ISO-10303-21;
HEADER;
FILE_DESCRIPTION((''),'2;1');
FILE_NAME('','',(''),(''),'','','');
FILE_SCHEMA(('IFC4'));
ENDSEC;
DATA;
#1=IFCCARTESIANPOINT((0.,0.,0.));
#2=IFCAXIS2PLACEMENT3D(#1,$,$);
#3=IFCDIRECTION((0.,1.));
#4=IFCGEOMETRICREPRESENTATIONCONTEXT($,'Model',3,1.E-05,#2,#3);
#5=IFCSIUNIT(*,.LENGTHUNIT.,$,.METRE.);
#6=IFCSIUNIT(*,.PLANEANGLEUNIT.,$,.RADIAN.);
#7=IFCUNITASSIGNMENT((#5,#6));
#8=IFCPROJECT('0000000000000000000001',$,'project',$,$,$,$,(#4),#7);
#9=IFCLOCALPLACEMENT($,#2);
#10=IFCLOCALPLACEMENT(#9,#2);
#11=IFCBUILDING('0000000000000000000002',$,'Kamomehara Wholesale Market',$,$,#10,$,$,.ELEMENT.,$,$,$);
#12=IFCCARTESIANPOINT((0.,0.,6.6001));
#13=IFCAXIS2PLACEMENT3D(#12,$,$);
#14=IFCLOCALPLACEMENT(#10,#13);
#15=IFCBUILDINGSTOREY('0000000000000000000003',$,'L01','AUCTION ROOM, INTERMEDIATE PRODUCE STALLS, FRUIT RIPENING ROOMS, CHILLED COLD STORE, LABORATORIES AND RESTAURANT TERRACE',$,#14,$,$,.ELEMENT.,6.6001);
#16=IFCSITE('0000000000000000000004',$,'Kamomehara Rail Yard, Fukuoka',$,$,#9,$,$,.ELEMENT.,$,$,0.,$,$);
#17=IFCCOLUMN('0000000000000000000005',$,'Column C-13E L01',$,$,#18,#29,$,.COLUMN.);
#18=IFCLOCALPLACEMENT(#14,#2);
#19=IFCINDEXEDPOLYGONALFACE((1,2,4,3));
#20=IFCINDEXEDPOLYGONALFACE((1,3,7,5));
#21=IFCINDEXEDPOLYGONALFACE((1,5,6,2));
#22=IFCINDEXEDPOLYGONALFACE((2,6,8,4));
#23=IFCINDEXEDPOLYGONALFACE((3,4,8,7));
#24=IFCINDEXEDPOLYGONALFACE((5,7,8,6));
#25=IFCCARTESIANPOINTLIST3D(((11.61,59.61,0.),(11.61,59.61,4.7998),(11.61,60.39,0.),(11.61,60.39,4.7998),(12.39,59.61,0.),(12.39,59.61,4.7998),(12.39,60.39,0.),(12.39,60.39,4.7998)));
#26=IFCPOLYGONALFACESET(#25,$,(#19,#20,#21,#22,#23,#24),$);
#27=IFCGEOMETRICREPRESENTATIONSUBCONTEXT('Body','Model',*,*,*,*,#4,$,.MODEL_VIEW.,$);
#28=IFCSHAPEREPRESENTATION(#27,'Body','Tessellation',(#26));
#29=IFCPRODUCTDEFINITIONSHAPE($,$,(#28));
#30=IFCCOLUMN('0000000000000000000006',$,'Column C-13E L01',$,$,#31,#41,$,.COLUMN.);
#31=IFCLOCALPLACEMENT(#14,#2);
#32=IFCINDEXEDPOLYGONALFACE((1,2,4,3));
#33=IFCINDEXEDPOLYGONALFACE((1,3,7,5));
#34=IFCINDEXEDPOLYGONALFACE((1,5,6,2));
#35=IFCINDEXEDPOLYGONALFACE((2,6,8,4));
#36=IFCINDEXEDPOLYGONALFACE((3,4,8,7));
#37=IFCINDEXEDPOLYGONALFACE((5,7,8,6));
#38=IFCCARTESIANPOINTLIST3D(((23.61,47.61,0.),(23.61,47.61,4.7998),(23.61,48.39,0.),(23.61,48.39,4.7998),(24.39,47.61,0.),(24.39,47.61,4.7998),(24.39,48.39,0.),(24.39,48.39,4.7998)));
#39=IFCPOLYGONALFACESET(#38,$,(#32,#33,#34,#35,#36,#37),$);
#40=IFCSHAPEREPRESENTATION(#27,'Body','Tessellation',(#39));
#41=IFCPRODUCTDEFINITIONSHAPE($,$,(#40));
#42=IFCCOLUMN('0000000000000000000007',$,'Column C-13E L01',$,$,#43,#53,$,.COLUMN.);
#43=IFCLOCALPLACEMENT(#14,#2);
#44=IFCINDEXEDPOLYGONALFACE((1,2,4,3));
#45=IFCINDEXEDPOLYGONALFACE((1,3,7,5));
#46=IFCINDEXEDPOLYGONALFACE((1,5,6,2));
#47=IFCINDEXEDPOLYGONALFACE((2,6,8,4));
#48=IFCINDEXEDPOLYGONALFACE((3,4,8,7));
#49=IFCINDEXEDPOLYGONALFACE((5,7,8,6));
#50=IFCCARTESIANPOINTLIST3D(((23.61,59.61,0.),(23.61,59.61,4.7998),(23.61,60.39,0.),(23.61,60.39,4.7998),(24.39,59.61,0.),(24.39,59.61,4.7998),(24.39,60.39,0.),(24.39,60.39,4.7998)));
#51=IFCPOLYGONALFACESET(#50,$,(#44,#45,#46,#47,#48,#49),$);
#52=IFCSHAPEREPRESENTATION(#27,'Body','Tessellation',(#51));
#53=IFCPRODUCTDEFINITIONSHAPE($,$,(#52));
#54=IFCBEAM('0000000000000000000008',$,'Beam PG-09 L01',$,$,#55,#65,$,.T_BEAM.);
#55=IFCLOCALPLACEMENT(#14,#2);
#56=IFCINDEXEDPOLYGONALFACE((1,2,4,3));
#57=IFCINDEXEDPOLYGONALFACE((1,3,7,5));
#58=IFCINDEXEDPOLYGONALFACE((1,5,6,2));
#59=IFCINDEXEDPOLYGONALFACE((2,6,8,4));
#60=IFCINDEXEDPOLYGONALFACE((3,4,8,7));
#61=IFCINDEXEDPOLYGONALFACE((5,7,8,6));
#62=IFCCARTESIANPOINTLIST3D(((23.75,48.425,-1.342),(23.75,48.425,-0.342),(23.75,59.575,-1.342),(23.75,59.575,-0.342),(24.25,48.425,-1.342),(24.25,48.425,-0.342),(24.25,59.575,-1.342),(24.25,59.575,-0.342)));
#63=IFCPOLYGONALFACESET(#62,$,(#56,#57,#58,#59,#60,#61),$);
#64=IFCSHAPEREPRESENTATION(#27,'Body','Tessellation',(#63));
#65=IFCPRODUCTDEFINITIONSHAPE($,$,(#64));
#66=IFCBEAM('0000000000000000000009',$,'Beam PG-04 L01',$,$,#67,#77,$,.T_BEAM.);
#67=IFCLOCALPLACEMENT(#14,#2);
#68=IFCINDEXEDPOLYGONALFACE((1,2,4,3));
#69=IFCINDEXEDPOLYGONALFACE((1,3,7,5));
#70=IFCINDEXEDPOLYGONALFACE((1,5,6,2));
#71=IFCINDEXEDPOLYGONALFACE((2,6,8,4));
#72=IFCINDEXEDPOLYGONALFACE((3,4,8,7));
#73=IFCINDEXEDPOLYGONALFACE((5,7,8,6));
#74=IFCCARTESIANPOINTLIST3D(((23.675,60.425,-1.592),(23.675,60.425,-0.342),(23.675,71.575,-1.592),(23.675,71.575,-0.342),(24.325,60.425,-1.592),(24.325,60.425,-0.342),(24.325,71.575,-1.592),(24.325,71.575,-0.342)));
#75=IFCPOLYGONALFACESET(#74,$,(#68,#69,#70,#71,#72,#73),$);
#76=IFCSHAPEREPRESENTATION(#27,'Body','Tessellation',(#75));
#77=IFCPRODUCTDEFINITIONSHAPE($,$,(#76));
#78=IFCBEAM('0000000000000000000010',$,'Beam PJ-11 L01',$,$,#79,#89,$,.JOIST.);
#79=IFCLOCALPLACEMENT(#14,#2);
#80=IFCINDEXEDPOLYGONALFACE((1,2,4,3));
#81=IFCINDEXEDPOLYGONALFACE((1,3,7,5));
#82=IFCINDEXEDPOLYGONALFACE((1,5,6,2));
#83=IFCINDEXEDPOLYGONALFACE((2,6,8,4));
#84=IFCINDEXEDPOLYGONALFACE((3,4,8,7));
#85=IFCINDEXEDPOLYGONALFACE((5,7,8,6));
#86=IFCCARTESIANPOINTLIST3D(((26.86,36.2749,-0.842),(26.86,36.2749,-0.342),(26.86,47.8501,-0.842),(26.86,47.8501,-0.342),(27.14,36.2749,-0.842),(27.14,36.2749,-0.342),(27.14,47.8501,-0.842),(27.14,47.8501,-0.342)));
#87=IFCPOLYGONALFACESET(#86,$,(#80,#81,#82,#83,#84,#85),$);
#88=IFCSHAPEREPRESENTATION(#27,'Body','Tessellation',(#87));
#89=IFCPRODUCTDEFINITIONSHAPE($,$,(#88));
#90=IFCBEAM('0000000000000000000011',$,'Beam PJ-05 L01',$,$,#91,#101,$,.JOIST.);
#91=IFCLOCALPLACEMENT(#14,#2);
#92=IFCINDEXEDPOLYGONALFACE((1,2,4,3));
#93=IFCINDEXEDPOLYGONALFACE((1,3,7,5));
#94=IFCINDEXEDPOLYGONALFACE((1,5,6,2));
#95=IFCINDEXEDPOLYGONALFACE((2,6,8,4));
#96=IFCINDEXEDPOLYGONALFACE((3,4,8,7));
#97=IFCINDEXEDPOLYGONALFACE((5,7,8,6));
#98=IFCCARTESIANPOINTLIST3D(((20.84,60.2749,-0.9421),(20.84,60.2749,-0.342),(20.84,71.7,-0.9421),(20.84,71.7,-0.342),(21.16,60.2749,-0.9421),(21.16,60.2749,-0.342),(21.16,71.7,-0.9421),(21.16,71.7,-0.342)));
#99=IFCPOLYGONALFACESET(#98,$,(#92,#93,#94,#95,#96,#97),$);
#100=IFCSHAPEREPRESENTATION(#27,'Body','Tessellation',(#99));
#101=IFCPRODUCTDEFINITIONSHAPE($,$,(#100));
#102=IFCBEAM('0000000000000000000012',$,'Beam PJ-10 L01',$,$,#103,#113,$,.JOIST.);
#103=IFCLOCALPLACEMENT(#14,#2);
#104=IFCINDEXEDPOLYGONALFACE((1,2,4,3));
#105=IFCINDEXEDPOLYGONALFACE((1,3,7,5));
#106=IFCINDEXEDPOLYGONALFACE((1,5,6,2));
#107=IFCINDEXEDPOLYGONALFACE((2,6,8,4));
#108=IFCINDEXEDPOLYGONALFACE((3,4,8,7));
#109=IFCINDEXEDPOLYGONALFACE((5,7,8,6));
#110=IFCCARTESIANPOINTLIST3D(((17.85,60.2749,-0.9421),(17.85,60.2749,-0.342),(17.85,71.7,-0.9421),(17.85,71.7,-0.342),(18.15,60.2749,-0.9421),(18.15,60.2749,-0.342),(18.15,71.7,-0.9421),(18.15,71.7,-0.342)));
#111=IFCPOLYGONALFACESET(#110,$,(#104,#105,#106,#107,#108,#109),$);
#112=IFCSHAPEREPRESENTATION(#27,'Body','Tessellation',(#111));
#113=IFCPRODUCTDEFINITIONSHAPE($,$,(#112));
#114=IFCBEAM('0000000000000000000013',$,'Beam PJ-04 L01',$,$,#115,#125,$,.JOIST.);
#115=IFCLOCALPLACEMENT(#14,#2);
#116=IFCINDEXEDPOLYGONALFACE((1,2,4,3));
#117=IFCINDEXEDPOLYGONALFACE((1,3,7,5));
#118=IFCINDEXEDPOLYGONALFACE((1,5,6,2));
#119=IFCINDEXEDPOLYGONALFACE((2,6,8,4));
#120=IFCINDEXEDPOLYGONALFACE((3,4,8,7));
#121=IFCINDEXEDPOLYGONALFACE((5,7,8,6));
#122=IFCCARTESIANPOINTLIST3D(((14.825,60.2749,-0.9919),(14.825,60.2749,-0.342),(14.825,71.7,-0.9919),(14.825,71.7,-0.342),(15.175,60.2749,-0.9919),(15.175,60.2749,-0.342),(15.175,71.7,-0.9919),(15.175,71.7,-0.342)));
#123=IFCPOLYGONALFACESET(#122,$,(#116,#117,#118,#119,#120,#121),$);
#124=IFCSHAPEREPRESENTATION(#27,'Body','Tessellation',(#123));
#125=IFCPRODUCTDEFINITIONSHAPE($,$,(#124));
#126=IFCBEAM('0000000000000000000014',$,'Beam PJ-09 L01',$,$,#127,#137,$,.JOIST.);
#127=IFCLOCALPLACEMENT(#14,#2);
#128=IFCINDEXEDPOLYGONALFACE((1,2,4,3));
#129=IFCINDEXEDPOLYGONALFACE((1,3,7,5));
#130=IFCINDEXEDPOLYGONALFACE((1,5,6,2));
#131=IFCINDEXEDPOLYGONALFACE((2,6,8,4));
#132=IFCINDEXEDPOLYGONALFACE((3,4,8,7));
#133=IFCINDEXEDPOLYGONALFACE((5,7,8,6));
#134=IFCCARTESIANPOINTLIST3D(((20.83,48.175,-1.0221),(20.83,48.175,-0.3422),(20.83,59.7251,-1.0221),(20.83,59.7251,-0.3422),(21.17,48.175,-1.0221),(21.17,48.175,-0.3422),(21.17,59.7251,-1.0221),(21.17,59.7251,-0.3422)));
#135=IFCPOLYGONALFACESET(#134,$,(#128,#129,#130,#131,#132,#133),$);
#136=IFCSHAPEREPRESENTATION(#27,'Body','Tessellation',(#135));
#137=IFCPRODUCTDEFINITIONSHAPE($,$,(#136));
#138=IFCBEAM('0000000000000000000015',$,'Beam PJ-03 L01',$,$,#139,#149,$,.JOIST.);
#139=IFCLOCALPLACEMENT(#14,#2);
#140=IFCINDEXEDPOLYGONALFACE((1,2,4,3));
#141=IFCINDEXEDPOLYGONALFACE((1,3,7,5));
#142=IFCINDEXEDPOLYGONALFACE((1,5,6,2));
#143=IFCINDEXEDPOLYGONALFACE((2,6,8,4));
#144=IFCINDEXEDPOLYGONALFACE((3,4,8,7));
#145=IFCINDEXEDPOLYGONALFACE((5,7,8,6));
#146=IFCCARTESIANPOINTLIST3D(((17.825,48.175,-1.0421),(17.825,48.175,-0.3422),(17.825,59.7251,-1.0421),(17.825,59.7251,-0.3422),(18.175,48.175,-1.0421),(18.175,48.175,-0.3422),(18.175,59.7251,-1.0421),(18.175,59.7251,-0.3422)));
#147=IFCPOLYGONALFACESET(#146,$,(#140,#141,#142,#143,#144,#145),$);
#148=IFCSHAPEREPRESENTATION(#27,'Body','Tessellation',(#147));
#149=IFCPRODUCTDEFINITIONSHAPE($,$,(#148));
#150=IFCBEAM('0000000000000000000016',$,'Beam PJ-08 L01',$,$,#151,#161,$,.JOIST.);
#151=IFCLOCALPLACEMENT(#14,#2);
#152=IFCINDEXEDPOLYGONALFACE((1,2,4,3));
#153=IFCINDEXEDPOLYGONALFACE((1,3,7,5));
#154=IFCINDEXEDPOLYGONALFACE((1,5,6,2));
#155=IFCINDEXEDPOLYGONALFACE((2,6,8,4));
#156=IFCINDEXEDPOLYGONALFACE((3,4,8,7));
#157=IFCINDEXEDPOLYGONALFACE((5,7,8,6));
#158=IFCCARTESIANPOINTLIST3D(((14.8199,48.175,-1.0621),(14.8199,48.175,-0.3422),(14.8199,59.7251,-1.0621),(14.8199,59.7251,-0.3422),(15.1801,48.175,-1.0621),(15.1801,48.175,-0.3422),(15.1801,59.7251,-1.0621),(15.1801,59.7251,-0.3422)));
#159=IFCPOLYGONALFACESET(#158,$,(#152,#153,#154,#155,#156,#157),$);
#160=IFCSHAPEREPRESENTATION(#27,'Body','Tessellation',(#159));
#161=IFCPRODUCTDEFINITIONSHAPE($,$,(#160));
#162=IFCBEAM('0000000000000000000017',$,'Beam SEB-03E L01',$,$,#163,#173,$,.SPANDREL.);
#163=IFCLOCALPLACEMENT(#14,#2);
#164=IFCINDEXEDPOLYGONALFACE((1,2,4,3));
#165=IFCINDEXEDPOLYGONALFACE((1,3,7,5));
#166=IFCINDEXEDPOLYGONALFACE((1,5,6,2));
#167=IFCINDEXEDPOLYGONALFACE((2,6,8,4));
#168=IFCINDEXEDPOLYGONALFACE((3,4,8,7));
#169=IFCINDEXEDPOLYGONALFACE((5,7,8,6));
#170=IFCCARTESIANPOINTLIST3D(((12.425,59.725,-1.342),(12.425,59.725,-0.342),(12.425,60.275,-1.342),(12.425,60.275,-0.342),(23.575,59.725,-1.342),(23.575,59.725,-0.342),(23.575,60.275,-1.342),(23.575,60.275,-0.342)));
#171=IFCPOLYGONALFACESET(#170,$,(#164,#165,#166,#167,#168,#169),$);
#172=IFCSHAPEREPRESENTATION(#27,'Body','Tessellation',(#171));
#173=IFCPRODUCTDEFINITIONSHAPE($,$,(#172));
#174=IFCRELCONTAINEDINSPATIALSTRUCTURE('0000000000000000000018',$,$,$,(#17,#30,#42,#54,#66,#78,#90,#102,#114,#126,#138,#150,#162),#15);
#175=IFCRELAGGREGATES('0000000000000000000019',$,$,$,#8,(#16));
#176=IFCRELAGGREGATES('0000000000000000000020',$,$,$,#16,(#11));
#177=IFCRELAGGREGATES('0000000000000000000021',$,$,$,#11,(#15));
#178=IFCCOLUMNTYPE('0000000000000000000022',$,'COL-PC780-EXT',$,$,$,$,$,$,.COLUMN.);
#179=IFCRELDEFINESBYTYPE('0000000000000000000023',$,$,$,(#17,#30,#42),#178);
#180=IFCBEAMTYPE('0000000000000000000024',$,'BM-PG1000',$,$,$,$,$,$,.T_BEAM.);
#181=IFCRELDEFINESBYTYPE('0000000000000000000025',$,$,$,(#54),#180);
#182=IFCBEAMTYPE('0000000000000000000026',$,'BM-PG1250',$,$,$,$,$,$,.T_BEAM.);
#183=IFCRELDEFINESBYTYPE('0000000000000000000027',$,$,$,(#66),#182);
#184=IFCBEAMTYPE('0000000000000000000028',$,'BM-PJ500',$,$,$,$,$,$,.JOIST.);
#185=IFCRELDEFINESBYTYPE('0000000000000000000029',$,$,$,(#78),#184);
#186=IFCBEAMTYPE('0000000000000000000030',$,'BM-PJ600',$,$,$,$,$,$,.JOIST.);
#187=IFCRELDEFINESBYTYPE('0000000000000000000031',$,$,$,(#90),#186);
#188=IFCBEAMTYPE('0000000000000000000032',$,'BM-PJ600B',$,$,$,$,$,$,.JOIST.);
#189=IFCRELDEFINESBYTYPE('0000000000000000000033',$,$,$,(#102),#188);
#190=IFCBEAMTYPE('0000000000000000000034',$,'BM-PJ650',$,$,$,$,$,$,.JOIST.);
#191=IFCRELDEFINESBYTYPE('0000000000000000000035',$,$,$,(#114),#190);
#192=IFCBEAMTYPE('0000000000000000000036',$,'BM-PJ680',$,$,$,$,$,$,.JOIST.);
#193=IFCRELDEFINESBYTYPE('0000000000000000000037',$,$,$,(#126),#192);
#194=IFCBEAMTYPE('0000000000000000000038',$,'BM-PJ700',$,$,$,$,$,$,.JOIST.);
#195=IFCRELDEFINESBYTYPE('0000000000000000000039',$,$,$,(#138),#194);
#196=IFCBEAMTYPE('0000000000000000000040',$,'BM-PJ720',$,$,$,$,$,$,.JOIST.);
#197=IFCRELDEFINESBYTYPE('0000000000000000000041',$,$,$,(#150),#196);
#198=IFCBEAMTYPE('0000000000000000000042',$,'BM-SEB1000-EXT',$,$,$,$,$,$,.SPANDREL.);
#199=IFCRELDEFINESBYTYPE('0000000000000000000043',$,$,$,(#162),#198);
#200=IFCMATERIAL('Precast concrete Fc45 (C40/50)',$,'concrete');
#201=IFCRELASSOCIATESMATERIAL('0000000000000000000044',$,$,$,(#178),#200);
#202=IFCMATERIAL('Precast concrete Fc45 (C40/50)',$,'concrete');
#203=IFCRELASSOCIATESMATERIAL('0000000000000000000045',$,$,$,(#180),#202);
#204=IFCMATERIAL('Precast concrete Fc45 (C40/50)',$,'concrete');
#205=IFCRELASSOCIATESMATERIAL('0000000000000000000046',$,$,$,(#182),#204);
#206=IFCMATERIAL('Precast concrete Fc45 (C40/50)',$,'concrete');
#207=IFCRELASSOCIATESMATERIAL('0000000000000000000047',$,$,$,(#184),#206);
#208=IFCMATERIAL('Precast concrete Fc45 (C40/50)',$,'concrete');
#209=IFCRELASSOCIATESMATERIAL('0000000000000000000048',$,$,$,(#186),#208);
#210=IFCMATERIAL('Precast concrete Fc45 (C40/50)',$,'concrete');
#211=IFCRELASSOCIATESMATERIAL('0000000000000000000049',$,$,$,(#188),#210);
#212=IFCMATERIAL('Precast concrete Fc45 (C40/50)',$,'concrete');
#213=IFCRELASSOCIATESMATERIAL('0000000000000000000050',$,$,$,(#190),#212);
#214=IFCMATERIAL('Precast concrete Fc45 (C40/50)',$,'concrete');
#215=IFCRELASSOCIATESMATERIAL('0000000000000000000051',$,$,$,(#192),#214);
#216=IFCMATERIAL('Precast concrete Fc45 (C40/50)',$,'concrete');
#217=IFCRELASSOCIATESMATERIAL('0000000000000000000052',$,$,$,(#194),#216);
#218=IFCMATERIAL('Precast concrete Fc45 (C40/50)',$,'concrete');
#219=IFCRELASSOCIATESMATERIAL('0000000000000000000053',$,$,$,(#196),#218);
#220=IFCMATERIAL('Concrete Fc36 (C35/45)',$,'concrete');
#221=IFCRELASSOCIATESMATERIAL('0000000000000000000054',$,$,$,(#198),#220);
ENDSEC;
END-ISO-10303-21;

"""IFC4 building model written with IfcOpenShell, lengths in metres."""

from ifc_helpers import new_model, si_unit, direction, frame, origin, origin_2d, place, context, subcontext, project, spatial, rectangle, extrude, material, material_profile, profile_set, type_object, element, save


model = new_model("IFC4")

# Units and contexts
model_context = context("Model", 3, precision=1e-05, world=origin(), true_north=direction((0.0, 1.0)))
body_context = subcontext(model_context, "Body", "Model", "MODEL_VIEW")
ifc_project = project(units=[si_unit("LENGTHUNIT", "METRE"), si_unit("PLANEANGLEUNIT", "RADIAN")], contexts=[model_context])

# Site, building, storey
site_placement = place(None, origin())
site = spatial("IfcSite", under=ifc_project, at=site_placement, Name="Kamomehara Rail Yard, Fukuoka", CompositionType="ELEMENT", RefElevation=0.0)
building_placement = place(site_placement, origin())
building = spatial("IfcBuilding", under=site, at=building_placement, Name="Kamomehara Wholesale Market", CompositionType="ELEMENT")
storey_placement = place(building_placement, frame((0.0, 0.0, 6.6001)))
storey = spatial("IfcBuildingStorey", under=building, at=storey_placement, Name="L01", Description="AUCTION ROOM, INTERMEDIATE PRODUCE STALLS, FRUIT RIPENING ROOMS, CHILLED COLD STORE, LABORATORIES AND RESTAURANT TERRACE", CompositionType="ELEMENT", Elevation=6.6001)

# Columns
ifc_material_1 = material(Name="Precast concrete Fc45 (C40/50)", Category="concrete")
ifc_material_profile_1 = material_profile(ifc_material_1, rectangle(XDim=0.78, YDim=0.78, at=origin_2d()), Name="PC-COL-780x780")
ifc_profile_set_1 = profile_set([ifc_material_profile_1], Name="Precast concrete Fc45 (C40/50)")
column_type = type_object("IfcColumnType", Name="COL-PC780-EXT", PredefinedType="COLUMN", material=ifc_profile_set_1)
for number, where, z_axis, x_axis, name in (
    (1, (12.0, 60.0, 0.0), (0.0, 0.0, 1.0), (1.0, 0.0, 0.0), "Column C-13E L01"),
    (2, (24.0, 48.0, 0.0), (0.0, 0.0, 1.0), (1.0, 0.0, 0.0), "Column C-13E L01"),
    (3, (24.0, 60.0, 0.0), (0.0, 0.0, 1.0), (1.0, 0.0, 0.0), "Column C-13E L01"),
):
    element("IfcColumn", number, at=place(storey_placement, frame(where, z_axis=z_axis, x_axis=x_axis)), inside=storey, type_object=column_type, Name=name, PredefinedType="COLUMN", context=body_context, shape_type="SweptSolid", body=[
        extrude(rectangle(XDim=0.78, YDim=0.78, at=origin_2d()), origin(), (0.0, 0.0, 1.0), 4.7998),
    ])

# Beams
ifc_material_2 = material(Name="Precast concrete Fc45 (C40/50)", Category="concrete")
ifc_material_profile_2 = material_profile(ifc_material_2, rectangle(XDim=0.5, YDim=1.0, at=origin_2d()), Name="PC-GRD-500x1000")
ifc_profile_set_2 = profile_set([ifc_material_profile_2], Name="Precast concrete Fc45 (C40/50)")
beam_type_1 = type_object("IfcBeamType", Name="BM-PG1000", PredefinedType="T_BEAM", material=ifc_profile_set_2)
beam_1_placement = place(storey_placement, frame((24.0, 48.425, -0.842), z_axis=(0.0, 1.0, 0.0), x_axis=(-1.0, 0.0, 0.0)))
element("IfcBeam", 4, at=beam_1_placement, inside=storey, type_object=beam_type_1, Name="Beam PG-09 L01", PredefinedType="T_BEAM", context=body_context, shape_type="SweptSolid", body=[
    extrude(rectangle(XDim=0.5, YDim=1.0, at=origin_2d()), origin(), (0.0, 0.0, 1.0), 11.1499),
])
ifc_material_3 = material(Name="Precast concrete Fc45 (C40/50)", Category="concrete")
ifc_material_profile_3 = material_profile(ifc_material_3, rectangle(XDim=0.6499, YDim=1.25, at=origin_2d()), Name="PC-GRD-650x1250")
ifc_profile_set_3 = profile_set([ifc_material_profile_3], Name="Precast concrete Fc45 (C40/50)")
beam_type_2 = type_object("IfcBeamType", Name="BM-PG1250", PredefinedType="T_BEAM", material=ifc_profile_set_3)
beam_2_placement = place(storey_placement, frame((24.0, 60.425, -0.967), z_axis=(0.0, 1.0, 0.0), x_axis=(-1.0, 0.0, 0.0)))
element("IfcBeam", 5, at=beam_2_placement, inside=storey, type_object=beam_type_2, Name="Beam PG-04 L01", PredefinedType="T_BEAM", context=body_context, shape_type="SweptSolid", body=[
    extrude(rectangle(XDim=0.6499, YDim=1.25, at=origin_2d()), origin(), (0.0, 0.0, 1.0), 11.1499),
])
ifc_material_4 = material(Name="Precast concrete Fc45 (C40/50)", Category="concrete")
ifc_material_profile_4 = material_profile(ifc_material_4, rectangle(XDim=0.28, YDim=0.5, at=origin_2d()), Name="PC-JST-280x500")
ifc_profile_set_4 = profile_set([ifc_material_profile_4], Name="Precast concrete Fc45 (C40/50)")
beam_type_3 = type_object("IfcBeamType", Name="BM-PJ500", PredefinedType="JOIST", material=ifc_profile_set_4)
beam_3_placement = place(storey_placement, frame((27.0, 36.2749, -0.592), z_axis=(0.0, 1.0, 0.0), x_axis=(-1.0, 0.0, 0.0)))
element("IfcBeam", 6, at=beam_3_placement, inside=storey, type_object=beam_type_3, Name="Beam PJ-11 L01", PredefinedType="JOIST", context=body_context, shape_type="SweptSolid", body=[
    extrude(rectangle(XDim=0.28, YDim=0.5, at=origin_2d()), origin(), (0.0, 0.0, 1.0), 11.5752),
])
ifc_material_5 = material(Name="Precast concrete Fc45 (C40/50)", Category="concrete")
ifc_material_profile_5 = material_profile(ifc_material_5, rectangle(XDim=0.3201, YDim=0.6001, at=origin_2d()), Name="PC-JST-320x600")
ifc_profile_set_5 = profile_set([ifc_material_profile_5], Name="Precast concrete Fc45 (C40/50)")
beam_type_4 = type_object("IfcBeamType", Name="BM-PJ600", PredefinedType="JOIST", material=ifc_profile_set_5)
beam_4_placement = place(storey_placement, frame((21.0, 60.2749, -0.6421), z_axis=(0.0, 1.0, 0.0), x_axis=(-1.0, 0.0, 0.0)))
element("IfcBeam", 7, at=beam_4_placement, inside=storey, type_object=beam_type_4, Name="Beam PJ-05 L01", PredefinedType="JOIST", context=body_context, shape_type="SweptSolid", body=[
    extrude(rectangle(XDim=0.3201, YDim=0.6001, at=origin_2d()), origin(), (0.0, 0.0, 1.0), 11.425),
])
ifc_material_6 = material(Name="Precast concrete Fc45 (C40/50)", Category="concrete")
ifc_material_profile_6 = material_profile(ifc_material_6, rectangle(XDim=0.3, YDim=0.6001, at=origin_2d()), Name="PC-JST-300x600")
ifc_profile_set_6 = profile_set([ifc_material_profile_6], Name="Precast concrete Fc45 (C40/50)")
beam_type_5 = type_object("IfcBeamType", Name="BM-PJ600B", PredefinedType="JOIST", material=ifc_profile_set_6)
beam_5_placement = place(storey_placement, frame((18.0, 60.2749, -0.6421), z_axis=(0.0, 1.0, 0.0), x_axis=(-1.0, 0.0, 0.0)))
element("IfcBeam", 8, at=beam_5_placement, inside=storey, type_object=beam_type_5, Name="Beam PJ-10 L01", PredefinedType="JOIST", context=body_context, shape_type="SweptSolid", body=[
    extrude(rectangle(XDim=0.3, YDim=0.6001, at=origin_2d()), origin(), (0.0, 0.0, 1.0), 11.425),
])
ifc_material_7 = material(Name="Precast concrete Fc45 (C40/50)", Category="concrete")
ifc_material_profile_7 = material_profile(ifc_material_7, rectangle(XDim=0.3501, YDim=0.6499, at=origin_2d()), Name="PC-JST-350x650")
ifc_profile_set_7 = profile_set([ifc_material_profile_7], Name="Precast concrete Fc45 (C40/50)")
beam_type_6 = type_object("IfcBeamType", Name="BM-PJ650", PredefinedType="JOIST", material=ifc_profile_set_7)
beam_6_placement = place(storey_placement, frame((15.0, 60.2749, -0.667), z_axis=(0.0, 1.0, 0.0), x_axis=(-1.0, 0.0, 0.0)))
element("IfcBeam", 9, at=beam_6_placement, inside=storey, type_object=beam_type_6, Name="Beam PJ-04 L01", PredefinedType="JOIST", context=body_context, shape_type="SweptSolid", body=[
    extrude(rectangle(XDim=0.3501, YDim=0.6499, at=origin_2d()), origin(), (0.0, 0.0, 1.0), 11.425),
])
ifc_material_8 = material(Name="Precast concrete Fc45 (C40/50)", Category="concrete")
ifc_material_profile_8 = material_profile(ifc_material_8, rectangle(XDim=0.3401, YDim=0.6799, at=origin_2d()), Name="PC-JST-340x680")
ifc_profile_set_8 = profile_set([ifc_material_profile_8], Name="Precast concrete Fc45 (C40/50)")
beam_type_7 = type_object("IfcBeamType", Name="BM-PJ680", PredefinedType="JOIST", material=ifc_profile_set_8)
beam_7_placement = place(storey_placement, frame((21.0, 48.175, -0.6821), z_axis=(0.0, 1.0, 0.0), x_axis=(-1.0, 0.0, 0.0)))
element("IfcBeam", 10, at=beam_7_placement, inside=storey, type_object=beam_type_7, Name="Beam PJ-09 L01", PredefinedType="JOIST", context=body_context, shape_type="SweptSolid", body=[
    extrude(rectangle(XDim=0.3401, YDim=0.6799, at=origin_2d()), origin(), (0.0, 0.0, 1.0), 11.55),
])
ifc_material_9 = material(Name="Precast concrete Fc45 (C40/50)", Category="concrete")
ifc_material_profile_9 = material_profile(ifc_material_9, rectangle(XDim=0.3501, YDim=0.7, at=origin_2d()), Name="PC-JST-350x700")
ifc_profile_set_9 = profile_set([ifc_material_profile_9], Name="Precast concrete Fc45 (C40/50)")
beam_type_8 = type_object("IfcBeamType", Name="BM-PJ700", PredefinedType="JOIST", material=ifc_profile_set_9)
beam_8_placement = place(storey_placement, frame((18.0, 48.175, -0.6921), z_axis=(0.0, 1.0, 0.0), x_axis=(-1.0, 0.0, 0.0)))
element("IfcBeam", 11, at=beam_8_placement, inside=storey, type_object=beam_type_8, Name="Beam PJ-03 L01", PredefinedType="JOIST", context=body_context, shape_type="SweptSolid", body=[
    extrude(rectangle(XDim=0.3501, YDim=0.7, at=origin_2d()), origin(), (0.0, 0.0, 1.0), 11.55),
])
ifc_material_10 = material(Name="Precast concrete Fc45 (C40/50)", Category="concrete")
ifc_material_profile_10 = material_profile(ifc_material_10, rectangle(XDim=0.3601, YDim=0.72, at=origin_2d()), Name="PC-JST-360x720")
ifc_profile_set_10 = profile_set([ifc_material_profile_10], Name="Precast concrete Fc45 (C40/50)")
beam_type_9 = type_object("IfcBeamType", Name="BM-PJ720", PredefinedType="JOIST", material=ifc_profile_set_10)
beam_9_placement = place(storey_placement, frame((15.0, 48.175, -0.7021), z_axis=(0.0, 1.0, 0.0), x_axis=(-1.0, 0.0, 0.0)))
element("IfcBeam", 12, at=beam_9_placement, inside=storey, type_object=beam_type_9, Name="Beam PJ-08 L01", PredefinedType="JOIST", context=body_context, shape_type="SweptSolid", body=[
    extrude(rectangle(XDim=0.3601, YDim=0.72, at=origin_2d()), origin(), (0.0, 0.0, 1.0), 11.55),
])
ifc_material_11 = material(Name="Concrete Fc36 (C35/45)", Category="concrete")
ifc_material_profile_11 = material_profile(ifc_material_11, rectangle(XDim=0.55, YDim=1.0, at=origin_2d()), Name="RC-SEB-550x1000")
ifc_profile_set_11 = profile_set([ifc_material_profile_11], Name="Concrete Fc36 (C35/45)")
beam_type_10 = type_object("IfcBeamType", Name="BM-SEB1000-EXT", PredefinedType="SPANDREL", material=ifc_profile_set_11)
beam_10_placement = place(storey_placement, frame((12.425, 60.0, -0.842), z_axis=(1.0, 0.0, 0.0), x_axis=(0.0, 1.0, 0.0)))
element("IfcBeam", 13, at=beam_10_placement, inside=storey, type_object=beam_type_10, Name="Beam SEB-03E L01", PredefinedType="SPANDREL", context=body_context, shape_type="SweptSolid", body=[
    extrude(rectangle(XDim=0.55, YDim=1.0, at=origin_2d()), origin(), (0.0, 0.0, 1.0), 11.1499),
])

save(model, "model.ifc")
